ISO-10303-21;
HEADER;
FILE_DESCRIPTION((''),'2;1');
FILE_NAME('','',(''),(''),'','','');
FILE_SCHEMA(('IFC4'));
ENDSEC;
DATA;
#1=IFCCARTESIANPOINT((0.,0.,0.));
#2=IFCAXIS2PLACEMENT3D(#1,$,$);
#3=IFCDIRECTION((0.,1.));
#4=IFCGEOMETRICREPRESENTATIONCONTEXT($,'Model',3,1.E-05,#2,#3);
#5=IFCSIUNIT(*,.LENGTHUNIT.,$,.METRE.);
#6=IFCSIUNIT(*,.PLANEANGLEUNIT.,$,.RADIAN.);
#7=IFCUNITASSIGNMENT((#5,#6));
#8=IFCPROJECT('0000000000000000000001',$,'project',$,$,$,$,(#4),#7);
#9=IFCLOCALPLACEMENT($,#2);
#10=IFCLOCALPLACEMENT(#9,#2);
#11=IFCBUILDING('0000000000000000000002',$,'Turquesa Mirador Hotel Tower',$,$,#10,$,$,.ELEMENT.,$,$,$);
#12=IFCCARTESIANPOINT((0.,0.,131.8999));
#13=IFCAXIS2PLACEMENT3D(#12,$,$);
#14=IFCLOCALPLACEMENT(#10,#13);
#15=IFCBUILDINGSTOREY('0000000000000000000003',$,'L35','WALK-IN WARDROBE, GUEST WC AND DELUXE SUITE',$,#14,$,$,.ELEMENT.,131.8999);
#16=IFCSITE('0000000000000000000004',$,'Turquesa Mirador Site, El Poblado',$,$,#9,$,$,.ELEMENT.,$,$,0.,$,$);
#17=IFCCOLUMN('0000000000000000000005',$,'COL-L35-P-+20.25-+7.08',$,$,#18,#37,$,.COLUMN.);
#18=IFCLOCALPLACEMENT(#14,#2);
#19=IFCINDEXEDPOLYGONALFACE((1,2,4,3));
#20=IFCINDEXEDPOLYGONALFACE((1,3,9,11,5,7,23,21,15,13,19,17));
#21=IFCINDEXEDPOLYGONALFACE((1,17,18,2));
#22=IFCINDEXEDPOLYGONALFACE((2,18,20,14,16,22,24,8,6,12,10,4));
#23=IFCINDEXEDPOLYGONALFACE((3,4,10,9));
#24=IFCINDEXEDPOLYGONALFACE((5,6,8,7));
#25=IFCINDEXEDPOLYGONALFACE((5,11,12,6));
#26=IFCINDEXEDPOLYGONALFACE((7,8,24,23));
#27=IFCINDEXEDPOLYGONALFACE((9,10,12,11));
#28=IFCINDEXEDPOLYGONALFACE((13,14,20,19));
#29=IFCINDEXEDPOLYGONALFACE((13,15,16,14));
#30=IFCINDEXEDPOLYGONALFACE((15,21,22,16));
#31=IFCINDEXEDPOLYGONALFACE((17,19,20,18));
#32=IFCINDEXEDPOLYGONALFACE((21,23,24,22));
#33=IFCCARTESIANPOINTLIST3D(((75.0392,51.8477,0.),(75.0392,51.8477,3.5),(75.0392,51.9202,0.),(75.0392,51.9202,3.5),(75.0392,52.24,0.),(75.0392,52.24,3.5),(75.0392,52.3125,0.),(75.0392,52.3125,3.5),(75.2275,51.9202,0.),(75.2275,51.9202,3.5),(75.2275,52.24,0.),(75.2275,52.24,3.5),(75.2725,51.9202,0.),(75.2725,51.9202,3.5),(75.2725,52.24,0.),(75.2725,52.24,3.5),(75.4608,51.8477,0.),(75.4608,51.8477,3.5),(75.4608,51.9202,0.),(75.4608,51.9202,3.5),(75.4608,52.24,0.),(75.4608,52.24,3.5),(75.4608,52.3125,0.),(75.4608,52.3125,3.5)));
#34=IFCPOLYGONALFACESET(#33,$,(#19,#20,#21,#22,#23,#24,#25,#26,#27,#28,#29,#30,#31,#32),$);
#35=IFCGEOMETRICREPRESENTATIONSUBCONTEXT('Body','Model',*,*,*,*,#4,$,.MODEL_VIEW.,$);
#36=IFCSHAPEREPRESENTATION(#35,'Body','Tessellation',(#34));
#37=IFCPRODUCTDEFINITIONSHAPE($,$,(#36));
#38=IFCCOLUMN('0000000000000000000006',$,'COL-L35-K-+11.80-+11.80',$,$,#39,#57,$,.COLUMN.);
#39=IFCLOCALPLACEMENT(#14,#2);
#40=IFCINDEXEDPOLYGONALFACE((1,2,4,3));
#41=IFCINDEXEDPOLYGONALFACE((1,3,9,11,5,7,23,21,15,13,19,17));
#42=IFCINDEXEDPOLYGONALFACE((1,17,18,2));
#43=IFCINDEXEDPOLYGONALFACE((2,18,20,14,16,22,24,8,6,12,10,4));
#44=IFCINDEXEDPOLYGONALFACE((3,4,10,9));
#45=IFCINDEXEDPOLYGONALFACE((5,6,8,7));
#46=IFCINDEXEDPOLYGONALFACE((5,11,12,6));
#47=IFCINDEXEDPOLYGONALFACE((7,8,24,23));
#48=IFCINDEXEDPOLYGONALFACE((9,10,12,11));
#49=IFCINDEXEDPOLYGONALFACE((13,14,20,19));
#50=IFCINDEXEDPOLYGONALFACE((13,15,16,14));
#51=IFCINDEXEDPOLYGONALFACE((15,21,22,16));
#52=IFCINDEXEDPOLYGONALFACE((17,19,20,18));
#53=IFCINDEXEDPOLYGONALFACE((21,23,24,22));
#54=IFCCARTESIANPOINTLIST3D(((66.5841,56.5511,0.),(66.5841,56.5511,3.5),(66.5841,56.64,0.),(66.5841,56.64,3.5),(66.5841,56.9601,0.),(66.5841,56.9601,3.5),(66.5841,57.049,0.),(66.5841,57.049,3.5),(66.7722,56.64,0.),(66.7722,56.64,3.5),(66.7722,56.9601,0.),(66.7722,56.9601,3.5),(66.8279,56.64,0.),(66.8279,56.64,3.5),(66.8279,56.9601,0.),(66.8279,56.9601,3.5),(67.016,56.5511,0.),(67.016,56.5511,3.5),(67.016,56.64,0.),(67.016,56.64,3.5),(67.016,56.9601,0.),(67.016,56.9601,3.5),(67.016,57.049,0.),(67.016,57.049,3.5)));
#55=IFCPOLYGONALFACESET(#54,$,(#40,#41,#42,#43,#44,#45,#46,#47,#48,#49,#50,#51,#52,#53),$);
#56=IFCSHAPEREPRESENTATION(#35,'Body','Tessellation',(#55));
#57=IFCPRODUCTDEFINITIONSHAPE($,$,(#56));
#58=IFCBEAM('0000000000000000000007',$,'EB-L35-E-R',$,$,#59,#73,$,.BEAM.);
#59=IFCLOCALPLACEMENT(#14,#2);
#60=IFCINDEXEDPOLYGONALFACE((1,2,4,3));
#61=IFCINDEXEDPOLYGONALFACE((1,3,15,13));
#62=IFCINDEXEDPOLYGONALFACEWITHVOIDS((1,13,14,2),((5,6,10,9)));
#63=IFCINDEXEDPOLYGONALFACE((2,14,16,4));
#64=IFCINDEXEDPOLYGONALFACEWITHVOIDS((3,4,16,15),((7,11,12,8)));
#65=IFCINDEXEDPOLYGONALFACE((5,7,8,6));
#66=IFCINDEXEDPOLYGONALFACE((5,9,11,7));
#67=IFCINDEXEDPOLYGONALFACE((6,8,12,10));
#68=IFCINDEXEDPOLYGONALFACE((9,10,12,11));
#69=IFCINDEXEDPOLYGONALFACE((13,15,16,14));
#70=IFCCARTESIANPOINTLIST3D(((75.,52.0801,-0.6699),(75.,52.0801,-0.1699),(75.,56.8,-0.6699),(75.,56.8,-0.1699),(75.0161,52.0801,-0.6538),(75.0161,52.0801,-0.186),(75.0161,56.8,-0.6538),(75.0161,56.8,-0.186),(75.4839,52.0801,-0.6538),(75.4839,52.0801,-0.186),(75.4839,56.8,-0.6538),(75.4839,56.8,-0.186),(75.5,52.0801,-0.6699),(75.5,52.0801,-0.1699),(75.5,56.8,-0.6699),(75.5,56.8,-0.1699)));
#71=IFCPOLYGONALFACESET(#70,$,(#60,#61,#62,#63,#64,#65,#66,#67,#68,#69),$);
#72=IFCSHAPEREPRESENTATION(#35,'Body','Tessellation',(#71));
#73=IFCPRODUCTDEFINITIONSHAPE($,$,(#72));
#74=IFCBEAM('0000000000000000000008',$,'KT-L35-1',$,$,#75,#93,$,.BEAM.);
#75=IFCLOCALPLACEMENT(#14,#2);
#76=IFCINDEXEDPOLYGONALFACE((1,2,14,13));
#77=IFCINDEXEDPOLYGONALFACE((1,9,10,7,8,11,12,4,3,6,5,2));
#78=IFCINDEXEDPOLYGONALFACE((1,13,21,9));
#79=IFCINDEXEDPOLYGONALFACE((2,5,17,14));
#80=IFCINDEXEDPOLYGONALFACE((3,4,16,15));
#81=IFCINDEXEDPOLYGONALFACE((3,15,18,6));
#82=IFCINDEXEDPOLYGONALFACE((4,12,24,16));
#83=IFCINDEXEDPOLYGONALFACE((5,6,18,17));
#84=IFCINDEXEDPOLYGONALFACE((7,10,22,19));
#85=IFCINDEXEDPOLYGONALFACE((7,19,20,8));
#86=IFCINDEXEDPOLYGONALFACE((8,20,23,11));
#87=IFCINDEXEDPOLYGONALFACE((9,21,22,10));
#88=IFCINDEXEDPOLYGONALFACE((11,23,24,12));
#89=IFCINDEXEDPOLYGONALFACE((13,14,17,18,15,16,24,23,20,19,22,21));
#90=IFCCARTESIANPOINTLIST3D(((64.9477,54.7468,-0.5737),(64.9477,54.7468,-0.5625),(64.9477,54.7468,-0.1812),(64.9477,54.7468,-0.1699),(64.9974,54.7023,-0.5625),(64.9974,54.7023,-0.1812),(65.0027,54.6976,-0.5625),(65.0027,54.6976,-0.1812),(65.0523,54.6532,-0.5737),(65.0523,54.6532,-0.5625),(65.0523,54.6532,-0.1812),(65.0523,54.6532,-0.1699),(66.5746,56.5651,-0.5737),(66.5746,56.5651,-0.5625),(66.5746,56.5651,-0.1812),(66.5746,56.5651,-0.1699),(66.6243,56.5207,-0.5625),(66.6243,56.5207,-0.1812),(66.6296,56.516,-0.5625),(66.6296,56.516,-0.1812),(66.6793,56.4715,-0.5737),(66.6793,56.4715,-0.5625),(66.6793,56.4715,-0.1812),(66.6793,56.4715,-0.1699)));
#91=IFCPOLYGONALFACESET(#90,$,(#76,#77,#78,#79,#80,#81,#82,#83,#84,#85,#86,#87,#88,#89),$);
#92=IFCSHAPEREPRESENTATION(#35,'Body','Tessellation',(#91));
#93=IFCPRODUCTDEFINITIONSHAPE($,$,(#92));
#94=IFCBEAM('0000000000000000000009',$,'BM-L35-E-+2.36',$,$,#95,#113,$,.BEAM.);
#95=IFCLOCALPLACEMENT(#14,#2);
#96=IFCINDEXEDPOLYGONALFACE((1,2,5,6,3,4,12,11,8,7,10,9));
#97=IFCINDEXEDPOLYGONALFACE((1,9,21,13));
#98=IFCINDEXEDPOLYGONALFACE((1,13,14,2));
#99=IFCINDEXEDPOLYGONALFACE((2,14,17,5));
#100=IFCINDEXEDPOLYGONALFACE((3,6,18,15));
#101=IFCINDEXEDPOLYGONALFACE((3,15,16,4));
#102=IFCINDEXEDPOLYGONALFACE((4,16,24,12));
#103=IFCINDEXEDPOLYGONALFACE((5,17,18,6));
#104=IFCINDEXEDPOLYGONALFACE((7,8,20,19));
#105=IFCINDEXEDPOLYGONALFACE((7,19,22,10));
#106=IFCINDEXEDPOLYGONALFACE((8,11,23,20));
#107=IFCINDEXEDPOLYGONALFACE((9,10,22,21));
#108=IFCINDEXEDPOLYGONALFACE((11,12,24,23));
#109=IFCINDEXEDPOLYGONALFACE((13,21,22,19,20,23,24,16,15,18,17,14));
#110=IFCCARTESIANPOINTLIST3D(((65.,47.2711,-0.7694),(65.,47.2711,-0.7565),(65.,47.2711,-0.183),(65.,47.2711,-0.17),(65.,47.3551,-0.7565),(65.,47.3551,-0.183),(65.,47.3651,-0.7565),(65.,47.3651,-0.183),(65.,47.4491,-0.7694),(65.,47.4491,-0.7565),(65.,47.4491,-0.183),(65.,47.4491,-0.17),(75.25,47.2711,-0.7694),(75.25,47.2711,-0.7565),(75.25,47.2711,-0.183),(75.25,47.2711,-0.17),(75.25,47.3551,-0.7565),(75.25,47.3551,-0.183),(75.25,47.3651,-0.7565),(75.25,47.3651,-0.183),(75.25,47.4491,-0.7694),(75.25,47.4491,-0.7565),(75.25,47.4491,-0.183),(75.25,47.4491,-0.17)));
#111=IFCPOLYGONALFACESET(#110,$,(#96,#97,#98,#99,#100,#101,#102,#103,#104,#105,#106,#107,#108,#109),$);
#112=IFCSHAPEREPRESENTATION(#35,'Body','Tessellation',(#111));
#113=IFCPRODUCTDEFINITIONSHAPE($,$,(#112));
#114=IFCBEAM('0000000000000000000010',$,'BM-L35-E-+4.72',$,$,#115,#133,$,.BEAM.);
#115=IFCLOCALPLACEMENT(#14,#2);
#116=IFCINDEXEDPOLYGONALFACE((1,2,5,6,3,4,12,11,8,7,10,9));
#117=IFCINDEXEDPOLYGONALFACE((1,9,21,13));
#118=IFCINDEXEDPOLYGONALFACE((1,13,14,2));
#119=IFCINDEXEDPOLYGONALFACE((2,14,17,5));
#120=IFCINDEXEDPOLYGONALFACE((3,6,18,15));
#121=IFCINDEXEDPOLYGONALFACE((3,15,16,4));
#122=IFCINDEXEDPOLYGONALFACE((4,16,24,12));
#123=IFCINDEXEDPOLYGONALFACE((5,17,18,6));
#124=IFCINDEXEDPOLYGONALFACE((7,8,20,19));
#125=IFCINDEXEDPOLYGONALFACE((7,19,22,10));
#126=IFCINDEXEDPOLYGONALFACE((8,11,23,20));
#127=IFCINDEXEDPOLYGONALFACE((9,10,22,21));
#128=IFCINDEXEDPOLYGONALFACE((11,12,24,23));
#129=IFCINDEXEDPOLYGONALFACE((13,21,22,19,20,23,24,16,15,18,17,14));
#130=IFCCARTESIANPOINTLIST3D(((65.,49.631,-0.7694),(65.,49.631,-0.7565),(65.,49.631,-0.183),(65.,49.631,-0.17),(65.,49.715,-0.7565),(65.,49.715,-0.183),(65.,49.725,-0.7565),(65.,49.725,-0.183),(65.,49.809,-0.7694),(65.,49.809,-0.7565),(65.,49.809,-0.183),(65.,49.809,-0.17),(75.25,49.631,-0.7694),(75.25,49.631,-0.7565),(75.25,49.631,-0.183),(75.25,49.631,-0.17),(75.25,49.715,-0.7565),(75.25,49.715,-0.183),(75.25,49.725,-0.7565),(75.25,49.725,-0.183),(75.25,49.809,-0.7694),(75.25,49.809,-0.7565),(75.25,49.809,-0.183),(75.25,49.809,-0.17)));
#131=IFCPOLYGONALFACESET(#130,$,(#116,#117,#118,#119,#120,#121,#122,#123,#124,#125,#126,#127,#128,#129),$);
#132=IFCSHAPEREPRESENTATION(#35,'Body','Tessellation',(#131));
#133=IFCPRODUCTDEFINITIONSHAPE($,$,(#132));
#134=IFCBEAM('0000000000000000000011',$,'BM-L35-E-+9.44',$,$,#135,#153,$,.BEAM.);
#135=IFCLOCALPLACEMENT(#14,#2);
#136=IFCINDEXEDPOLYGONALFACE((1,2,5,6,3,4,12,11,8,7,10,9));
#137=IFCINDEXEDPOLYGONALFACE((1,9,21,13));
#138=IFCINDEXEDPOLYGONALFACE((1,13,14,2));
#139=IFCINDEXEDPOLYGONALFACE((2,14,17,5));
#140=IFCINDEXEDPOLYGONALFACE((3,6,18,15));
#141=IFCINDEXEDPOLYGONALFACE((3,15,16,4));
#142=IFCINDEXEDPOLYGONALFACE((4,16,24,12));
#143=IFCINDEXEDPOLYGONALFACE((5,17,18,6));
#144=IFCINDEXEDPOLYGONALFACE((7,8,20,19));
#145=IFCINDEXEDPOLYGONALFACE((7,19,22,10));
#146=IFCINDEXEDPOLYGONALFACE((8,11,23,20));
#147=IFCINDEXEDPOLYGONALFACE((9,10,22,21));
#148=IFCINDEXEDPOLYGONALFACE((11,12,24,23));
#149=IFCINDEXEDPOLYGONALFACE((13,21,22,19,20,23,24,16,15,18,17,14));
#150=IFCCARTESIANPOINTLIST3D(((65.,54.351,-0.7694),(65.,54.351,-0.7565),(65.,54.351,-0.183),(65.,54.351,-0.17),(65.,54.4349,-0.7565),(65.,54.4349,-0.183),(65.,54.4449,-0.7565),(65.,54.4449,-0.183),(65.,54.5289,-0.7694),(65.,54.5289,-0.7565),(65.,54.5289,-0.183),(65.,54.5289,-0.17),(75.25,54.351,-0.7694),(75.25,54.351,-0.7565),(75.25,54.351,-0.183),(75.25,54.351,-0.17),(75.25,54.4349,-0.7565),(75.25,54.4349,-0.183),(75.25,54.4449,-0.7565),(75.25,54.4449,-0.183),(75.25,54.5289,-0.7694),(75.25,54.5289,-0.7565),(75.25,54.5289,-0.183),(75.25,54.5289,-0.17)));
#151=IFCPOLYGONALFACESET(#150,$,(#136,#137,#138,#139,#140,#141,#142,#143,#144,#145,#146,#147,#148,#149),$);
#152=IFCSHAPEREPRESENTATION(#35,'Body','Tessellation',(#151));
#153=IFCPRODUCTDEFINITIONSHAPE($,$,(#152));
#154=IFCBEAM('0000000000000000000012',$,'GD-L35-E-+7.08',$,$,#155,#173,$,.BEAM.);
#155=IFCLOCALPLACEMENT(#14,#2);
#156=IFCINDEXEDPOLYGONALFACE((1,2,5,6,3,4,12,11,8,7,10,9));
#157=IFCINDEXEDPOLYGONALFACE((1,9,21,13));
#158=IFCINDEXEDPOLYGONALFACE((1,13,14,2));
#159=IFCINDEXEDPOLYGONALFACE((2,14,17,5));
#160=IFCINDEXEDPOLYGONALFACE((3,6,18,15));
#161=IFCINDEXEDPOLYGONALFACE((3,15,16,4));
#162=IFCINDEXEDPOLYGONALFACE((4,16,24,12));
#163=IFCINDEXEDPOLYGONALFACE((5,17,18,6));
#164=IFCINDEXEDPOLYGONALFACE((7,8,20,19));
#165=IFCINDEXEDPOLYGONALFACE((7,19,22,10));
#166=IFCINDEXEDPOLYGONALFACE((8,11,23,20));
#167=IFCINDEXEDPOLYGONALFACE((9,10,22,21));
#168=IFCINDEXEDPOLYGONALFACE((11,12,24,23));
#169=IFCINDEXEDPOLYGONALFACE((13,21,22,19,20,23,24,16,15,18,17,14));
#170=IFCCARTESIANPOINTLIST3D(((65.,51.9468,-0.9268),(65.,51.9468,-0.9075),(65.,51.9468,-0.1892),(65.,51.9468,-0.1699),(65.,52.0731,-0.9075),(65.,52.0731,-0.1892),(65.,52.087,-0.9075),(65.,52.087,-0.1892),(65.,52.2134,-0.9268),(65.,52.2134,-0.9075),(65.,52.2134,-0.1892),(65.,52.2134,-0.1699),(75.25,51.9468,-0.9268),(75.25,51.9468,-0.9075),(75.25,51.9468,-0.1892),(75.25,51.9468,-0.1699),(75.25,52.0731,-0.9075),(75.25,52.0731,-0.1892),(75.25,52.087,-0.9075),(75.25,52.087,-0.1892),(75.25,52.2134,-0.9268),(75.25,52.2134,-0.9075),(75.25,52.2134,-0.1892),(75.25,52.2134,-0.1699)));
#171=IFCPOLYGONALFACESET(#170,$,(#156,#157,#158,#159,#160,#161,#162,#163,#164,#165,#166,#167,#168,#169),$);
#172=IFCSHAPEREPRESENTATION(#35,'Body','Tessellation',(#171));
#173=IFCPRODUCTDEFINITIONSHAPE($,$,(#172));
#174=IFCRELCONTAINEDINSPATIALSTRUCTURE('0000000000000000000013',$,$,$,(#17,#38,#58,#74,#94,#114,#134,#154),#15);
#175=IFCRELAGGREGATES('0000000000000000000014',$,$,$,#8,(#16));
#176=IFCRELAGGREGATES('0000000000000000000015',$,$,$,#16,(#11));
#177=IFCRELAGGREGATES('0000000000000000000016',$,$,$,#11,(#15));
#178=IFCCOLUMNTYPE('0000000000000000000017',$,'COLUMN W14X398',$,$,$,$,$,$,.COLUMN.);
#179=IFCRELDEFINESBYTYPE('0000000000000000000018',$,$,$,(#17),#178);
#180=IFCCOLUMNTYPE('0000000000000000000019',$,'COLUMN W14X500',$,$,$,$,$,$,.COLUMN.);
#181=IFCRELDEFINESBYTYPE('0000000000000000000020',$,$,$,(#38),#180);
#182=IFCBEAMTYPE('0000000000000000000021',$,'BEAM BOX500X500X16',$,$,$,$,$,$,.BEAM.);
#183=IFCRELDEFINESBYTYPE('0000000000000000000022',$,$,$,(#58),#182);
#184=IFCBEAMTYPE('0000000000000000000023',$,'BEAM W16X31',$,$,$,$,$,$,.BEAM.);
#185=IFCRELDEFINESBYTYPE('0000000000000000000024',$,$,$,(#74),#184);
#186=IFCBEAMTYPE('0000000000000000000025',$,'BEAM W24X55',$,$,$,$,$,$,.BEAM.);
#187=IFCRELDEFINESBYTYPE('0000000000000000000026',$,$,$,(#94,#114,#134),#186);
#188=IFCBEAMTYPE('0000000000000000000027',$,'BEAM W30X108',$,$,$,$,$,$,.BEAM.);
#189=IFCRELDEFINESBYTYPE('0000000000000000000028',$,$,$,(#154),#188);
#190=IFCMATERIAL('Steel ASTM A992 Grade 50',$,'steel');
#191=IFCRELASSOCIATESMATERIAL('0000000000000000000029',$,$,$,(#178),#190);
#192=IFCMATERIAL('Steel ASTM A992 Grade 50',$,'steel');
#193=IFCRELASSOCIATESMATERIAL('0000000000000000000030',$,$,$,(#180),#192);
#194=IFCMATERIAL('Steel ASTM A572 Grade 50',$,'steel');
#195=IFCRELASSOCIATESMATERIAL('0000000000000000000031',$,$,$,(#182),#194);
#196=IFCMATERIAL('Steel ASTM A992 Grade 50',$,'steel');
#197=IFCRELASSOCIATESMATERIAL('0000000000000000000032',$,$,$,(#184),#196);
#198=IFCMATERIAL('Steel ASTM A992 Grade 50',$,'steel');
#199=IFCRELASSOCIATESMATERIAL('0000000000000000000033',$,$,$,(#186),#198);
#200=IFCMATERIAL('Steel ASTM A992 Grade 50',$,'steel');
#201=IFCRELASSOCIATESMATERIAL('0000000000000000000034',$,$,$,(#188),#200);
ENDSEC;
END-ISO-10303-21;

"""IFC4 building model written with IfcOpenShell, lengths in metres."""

from ifc_helpers import new_model, si_unit, direction, frame, origin, origin_2d, place, context, subcontext, project, spatial, hollow_rectangle, i_section, extrude, material, material_profile, profile_set, type_object, element, save


model = new_model("IFC4")

# Units and contexts
model_context = context("Model", 3, precision=1e-05, world=origin(), true_north=direction((0.0, 1.0)))
body_context = subcontext(model_context, "Body", "Model", "MODEL_VIEW")
ifc_project = project(units=[si_unit("LENGTHUNIT", "METRE"), si_unit("PLANEANGLEUNIT", "RADIAN")], contexts=[model_context])

# Site, building, storey
site_placement = place(None, origin())
site = spatial("IfcSite", under=ifc_project, at=site_placement, Name="Turquesa Mirador Site, El Poblado", CompositionType="ELEMENT", RefElevation=0.0)
building_placement = place(site_placement, origin())
building = spatial("IfcBuilding", under=site, at=building_placement, Name="Turquesa Mirador Hotel Tower", CompositionType="ELEMENT")
storey_placement = place(building_placement, frame((0.0, 0.0, 131.8999)))
storey = spatial("IfcBuildingStorey", under=building, at=storey_placement, Name="L35", Description="WALK-IN WARDROBE, GUEST WC AND DELUXE SUITE", CompositionType="ELEMENT", Elevation=131.8999)

# Columns
ifc_material_1 = material(Name="Steel ASTM A992 Grade 50", Category="steel")
ifc_material_profile_1 = material_profile(ifc_material_1, i_section(OverallWidth=0.4216, OverallDepth=0.4648, WebThickness=0.0449, FlangeThickness=0.0725, at=origin_2d()), Name="W14X398")
ifc_profile_set_1 = profile_set([ifc_material_profile_1], Name="Steel ASTM A992 Grade 50")
column_type_1 = type_object("IfcColumnType", Name="COLUMN W14X398", PredefinedType="COLUMN", material=ifc_profile_set_1)
column_1_placement = place(storey_placement, frame((75.25, 52.0801, 0.0), z_axis=(0.0, 0.0, 1.0), x_axis=(1.0, 0.0, 0.0)))
element("IfcColumn", 1, at=column_1_placement, inside=storey, type_object=column_type_1, Name="COL-L35-P-+20.25-+7.08", PredefinedType="COLUMN", context=body_context, shape_type="SweptSolid", body=[
    extrude(i_section(OverallWidth=0.4216, OverallDepth=0.4648, WebThickness=0.0449, FlangeThickness=0.0725, at=origin_2d()), origin(), (0.0, 0.0, 1.0), 3.5),
])
ifc_material_2 = material(Name="Steel ASTM A992 Grade 50", Category="steel")
ifc_material_profile_2 = material_profile(ifc_material_2, i_section(OverallWidth=0.4319, OverallDepth=0.4978, WebThickness=0.0557, FlangeThickness=0.0889, at=origin_2d()), Name="W14X500")
ifc_profile_set_2 = profile_set([ifc_material_profile_2], Name="Steel ASTM A992 Grade 50")
column_type_2 = type_object("IfcColumnType", Name="COLUMN W14X500", PredefinedType="COLUMN", material=ifc_profile_set_2)
column_2_placement = place(storey_placement, frame((66.8, 56.8, 0.0), z_axis=(0.0, 0.0, 1.0), x_axis=(1.0, 0.0, 0.0)))
element("IfcColumn", 2, at=column_2_placement, inside=storey, type_object=column_type_2, Name="COL-L35-K-+11.80-+11.80", PredefinedType="COLUMN", context=body_context, shape_type="SweptSolid", body=[
    extrude(i_section(OverallWidth=0.4319, OverallDepth=0.4978, WebThickness=0.0557, FlangeThickness=0.0889, at=origin_2d()), origin(), (0.0, 0.0, 1.0), 3.5),
])

# Beams
ifc_material_3 = material(Name="Steel ASTM A572 Grade 50", Category="steel")
ifc_material_profile_3 = material_profile(ifc_material_3, hollow_rectangle(XDim=0.5, YDim=0.5, WallThickness=0.0161, at=origin_2d()), Name="BOX500X500X16")
ifc_profile_set_3 = profile_set([ifc_material_profile_3], Name="Steel ASTM A572 Grade 50")
beam_type_1 = type_object("IfcBeamType", Name="BEAM BOX500X500X16", PredefinedType="BEAM", material=ifc_profile_set_3)
beam_1_placement = place(storey_placement, frame((75.25, 52.0801, -0.4199), z_axis=(0.0, 1.0, 0.0), x_axis=(-1.0, 0.0, 0.0)))
element("IfcBeam", 3, at=beam_1_placement, inside=storey, type_object=beam_type_1, Name="EB-L35-E-R", PredefinedType="BEAM", context=body_context, shape_type="SweptSolid", body=[
    extrude(hollow_rectangle(XDim=0.5, YDim=0.5, WallThickness=0.0161, at=origin_2d()), origin(), (0.0, 0.0, 1.0), 4.72),
])
ifc_material_4 = material(Name="Steel ASTM A992 Grade 50", Category="steel")
ifc_material_profile_4 = material_profile(ifc_material_4, i_section(OverallWidth=0.1404, OverallDepth=0.4038, WebThickness=0.0071, FlangeThickness=0.0112, at=origin_2d()), Name="W16X31")
ifc_profile_set_4 = profile_set([ifc_material_profile_4], Name="Steel ASTM A992 Grade 50")
beam_type_2 = type_object("IfcBeamType", Name="BEAM W16X31", PredefinedType="BEAM", material=ifc_profile_set_4)
beam_2_placement = place(storey_placement, frame((66.627, 56.5183, -0.3718), z_axis=(-0.666795, -0.745241, 0.0), x_axis=(0.745241, -0.666795, 0.0)))
element("IfcBeam", 4, at=beam_2_placement, inside=storey, type_object=beam_type_2, Name="KT-L35-1", PredefinedType="BEAM", context=body_context, shape_type="SweptSolid", body=[
    extrude(i_section(OverallWidth=0.1404, OverallDepth=0.4038, WebThickness=0.0071, FlangeThickness=0.0112, at=origin_2d()), origin(), (0.0, 0.0, 1.0), 2.4399),
])
ifc_material_5 = material(Name="Steel ASTM A992 Grade 50", Category="steel")
ifc_material_profile_5 = material_profile(ifc_material_5, i_section(OverallWidth=0.178, OverallDepth=0.5994, WebThickness=0.01, FlangeThickness=0.0129, at=origin_2d()), Name="W24X55")
ifc_profile_set_5 = profile_set([ifc_material_profile_5], Name="Steel ASTM A992 Grade 50")
beam_type_3 = type_object("IfcBeamType", Name="BEAM W24X55", PredefinedType="BEAM", material=ifc_profile_set_5)
for number, where, z_axis, x_axis, name in (
    (5, (75.25, 47.3601, -0.4697), (-1.0, 0.0, 0.0), (0.0, -1.0, 0.0), "BM-L35-E-+2.36"),
    (6, (75.25, 49.72, -0.4697), (-1.0, 0.0, 0.0), (0.0, -1.0, 0.0), "BM-L35-E-+4.72"),
    (7, (75.25, 54.4399, -0.4697), (-1.0, 0.0, 0.0), (0.0, -1.0, 0.0), "BM-L35-E-+9.44"),
):
    element("IfcBeam", number, at=place(storey_placement, frame(where, z_axis=z_axis, x_axis=x_axis)), inside=storey, type_object=beam_type_3, Name=name, PredefinedType="BEAM", context=body_context, shape_type="SweptSolid", body=[
        extrude(i_section(OverallWidth=0.178, OverallDepth=0.5994, WebThickness=0.01, FlangeThickness=0.0129, at=origin_2d()), origin(), (0.0, 0.0, 1.0), 10.25),
    ])
ifc_material_6 = material(Name="Steel ASTM A992 Grade 50", Category="steel")
ifc_material_profile_6 = material_profile(ifc_material_6, i_section(OverallWidth=0.2666, OverallDepth=0.7568, WebThickness=0.0139, FlangeThickness=0.0193, at=origin_2d()), Name="W30X108")
ifc_profile_set_6 = profile_set([ifc_material_profile_6], Name="Steel ASTM A992 Grade 50")
beam_type_4 = type_object("IfcBeamType", Name="BEAM W30X108", PredefinedType="BEAM", material=ifc_profile_set_6)
beam_3_placement = place(storey_placement, frame((75.25, 52.0801, -0.5483), z_axis=(-1.0, 0.0, 0.0), x_axis=(0.0, -1.0, 0.0)))
element("IfcBeam", 8, at=beam_3_placement, inside=storey, type_object=beam_type_4, Name="GD-L35-E-+7.08", PredefinedType="BEAM", context=body_context, shape_type="SweptSolid", body=[
    extrude(i_section(OverallWidth=0.2666, OverallDepth=0.7568, WebThickness=0.0139, FlangeThickness=0.0193, at=origin_2d()), origin(), (0.0, 0.0, 1.0), 10.25),
])

save(model, "model.ifc")
